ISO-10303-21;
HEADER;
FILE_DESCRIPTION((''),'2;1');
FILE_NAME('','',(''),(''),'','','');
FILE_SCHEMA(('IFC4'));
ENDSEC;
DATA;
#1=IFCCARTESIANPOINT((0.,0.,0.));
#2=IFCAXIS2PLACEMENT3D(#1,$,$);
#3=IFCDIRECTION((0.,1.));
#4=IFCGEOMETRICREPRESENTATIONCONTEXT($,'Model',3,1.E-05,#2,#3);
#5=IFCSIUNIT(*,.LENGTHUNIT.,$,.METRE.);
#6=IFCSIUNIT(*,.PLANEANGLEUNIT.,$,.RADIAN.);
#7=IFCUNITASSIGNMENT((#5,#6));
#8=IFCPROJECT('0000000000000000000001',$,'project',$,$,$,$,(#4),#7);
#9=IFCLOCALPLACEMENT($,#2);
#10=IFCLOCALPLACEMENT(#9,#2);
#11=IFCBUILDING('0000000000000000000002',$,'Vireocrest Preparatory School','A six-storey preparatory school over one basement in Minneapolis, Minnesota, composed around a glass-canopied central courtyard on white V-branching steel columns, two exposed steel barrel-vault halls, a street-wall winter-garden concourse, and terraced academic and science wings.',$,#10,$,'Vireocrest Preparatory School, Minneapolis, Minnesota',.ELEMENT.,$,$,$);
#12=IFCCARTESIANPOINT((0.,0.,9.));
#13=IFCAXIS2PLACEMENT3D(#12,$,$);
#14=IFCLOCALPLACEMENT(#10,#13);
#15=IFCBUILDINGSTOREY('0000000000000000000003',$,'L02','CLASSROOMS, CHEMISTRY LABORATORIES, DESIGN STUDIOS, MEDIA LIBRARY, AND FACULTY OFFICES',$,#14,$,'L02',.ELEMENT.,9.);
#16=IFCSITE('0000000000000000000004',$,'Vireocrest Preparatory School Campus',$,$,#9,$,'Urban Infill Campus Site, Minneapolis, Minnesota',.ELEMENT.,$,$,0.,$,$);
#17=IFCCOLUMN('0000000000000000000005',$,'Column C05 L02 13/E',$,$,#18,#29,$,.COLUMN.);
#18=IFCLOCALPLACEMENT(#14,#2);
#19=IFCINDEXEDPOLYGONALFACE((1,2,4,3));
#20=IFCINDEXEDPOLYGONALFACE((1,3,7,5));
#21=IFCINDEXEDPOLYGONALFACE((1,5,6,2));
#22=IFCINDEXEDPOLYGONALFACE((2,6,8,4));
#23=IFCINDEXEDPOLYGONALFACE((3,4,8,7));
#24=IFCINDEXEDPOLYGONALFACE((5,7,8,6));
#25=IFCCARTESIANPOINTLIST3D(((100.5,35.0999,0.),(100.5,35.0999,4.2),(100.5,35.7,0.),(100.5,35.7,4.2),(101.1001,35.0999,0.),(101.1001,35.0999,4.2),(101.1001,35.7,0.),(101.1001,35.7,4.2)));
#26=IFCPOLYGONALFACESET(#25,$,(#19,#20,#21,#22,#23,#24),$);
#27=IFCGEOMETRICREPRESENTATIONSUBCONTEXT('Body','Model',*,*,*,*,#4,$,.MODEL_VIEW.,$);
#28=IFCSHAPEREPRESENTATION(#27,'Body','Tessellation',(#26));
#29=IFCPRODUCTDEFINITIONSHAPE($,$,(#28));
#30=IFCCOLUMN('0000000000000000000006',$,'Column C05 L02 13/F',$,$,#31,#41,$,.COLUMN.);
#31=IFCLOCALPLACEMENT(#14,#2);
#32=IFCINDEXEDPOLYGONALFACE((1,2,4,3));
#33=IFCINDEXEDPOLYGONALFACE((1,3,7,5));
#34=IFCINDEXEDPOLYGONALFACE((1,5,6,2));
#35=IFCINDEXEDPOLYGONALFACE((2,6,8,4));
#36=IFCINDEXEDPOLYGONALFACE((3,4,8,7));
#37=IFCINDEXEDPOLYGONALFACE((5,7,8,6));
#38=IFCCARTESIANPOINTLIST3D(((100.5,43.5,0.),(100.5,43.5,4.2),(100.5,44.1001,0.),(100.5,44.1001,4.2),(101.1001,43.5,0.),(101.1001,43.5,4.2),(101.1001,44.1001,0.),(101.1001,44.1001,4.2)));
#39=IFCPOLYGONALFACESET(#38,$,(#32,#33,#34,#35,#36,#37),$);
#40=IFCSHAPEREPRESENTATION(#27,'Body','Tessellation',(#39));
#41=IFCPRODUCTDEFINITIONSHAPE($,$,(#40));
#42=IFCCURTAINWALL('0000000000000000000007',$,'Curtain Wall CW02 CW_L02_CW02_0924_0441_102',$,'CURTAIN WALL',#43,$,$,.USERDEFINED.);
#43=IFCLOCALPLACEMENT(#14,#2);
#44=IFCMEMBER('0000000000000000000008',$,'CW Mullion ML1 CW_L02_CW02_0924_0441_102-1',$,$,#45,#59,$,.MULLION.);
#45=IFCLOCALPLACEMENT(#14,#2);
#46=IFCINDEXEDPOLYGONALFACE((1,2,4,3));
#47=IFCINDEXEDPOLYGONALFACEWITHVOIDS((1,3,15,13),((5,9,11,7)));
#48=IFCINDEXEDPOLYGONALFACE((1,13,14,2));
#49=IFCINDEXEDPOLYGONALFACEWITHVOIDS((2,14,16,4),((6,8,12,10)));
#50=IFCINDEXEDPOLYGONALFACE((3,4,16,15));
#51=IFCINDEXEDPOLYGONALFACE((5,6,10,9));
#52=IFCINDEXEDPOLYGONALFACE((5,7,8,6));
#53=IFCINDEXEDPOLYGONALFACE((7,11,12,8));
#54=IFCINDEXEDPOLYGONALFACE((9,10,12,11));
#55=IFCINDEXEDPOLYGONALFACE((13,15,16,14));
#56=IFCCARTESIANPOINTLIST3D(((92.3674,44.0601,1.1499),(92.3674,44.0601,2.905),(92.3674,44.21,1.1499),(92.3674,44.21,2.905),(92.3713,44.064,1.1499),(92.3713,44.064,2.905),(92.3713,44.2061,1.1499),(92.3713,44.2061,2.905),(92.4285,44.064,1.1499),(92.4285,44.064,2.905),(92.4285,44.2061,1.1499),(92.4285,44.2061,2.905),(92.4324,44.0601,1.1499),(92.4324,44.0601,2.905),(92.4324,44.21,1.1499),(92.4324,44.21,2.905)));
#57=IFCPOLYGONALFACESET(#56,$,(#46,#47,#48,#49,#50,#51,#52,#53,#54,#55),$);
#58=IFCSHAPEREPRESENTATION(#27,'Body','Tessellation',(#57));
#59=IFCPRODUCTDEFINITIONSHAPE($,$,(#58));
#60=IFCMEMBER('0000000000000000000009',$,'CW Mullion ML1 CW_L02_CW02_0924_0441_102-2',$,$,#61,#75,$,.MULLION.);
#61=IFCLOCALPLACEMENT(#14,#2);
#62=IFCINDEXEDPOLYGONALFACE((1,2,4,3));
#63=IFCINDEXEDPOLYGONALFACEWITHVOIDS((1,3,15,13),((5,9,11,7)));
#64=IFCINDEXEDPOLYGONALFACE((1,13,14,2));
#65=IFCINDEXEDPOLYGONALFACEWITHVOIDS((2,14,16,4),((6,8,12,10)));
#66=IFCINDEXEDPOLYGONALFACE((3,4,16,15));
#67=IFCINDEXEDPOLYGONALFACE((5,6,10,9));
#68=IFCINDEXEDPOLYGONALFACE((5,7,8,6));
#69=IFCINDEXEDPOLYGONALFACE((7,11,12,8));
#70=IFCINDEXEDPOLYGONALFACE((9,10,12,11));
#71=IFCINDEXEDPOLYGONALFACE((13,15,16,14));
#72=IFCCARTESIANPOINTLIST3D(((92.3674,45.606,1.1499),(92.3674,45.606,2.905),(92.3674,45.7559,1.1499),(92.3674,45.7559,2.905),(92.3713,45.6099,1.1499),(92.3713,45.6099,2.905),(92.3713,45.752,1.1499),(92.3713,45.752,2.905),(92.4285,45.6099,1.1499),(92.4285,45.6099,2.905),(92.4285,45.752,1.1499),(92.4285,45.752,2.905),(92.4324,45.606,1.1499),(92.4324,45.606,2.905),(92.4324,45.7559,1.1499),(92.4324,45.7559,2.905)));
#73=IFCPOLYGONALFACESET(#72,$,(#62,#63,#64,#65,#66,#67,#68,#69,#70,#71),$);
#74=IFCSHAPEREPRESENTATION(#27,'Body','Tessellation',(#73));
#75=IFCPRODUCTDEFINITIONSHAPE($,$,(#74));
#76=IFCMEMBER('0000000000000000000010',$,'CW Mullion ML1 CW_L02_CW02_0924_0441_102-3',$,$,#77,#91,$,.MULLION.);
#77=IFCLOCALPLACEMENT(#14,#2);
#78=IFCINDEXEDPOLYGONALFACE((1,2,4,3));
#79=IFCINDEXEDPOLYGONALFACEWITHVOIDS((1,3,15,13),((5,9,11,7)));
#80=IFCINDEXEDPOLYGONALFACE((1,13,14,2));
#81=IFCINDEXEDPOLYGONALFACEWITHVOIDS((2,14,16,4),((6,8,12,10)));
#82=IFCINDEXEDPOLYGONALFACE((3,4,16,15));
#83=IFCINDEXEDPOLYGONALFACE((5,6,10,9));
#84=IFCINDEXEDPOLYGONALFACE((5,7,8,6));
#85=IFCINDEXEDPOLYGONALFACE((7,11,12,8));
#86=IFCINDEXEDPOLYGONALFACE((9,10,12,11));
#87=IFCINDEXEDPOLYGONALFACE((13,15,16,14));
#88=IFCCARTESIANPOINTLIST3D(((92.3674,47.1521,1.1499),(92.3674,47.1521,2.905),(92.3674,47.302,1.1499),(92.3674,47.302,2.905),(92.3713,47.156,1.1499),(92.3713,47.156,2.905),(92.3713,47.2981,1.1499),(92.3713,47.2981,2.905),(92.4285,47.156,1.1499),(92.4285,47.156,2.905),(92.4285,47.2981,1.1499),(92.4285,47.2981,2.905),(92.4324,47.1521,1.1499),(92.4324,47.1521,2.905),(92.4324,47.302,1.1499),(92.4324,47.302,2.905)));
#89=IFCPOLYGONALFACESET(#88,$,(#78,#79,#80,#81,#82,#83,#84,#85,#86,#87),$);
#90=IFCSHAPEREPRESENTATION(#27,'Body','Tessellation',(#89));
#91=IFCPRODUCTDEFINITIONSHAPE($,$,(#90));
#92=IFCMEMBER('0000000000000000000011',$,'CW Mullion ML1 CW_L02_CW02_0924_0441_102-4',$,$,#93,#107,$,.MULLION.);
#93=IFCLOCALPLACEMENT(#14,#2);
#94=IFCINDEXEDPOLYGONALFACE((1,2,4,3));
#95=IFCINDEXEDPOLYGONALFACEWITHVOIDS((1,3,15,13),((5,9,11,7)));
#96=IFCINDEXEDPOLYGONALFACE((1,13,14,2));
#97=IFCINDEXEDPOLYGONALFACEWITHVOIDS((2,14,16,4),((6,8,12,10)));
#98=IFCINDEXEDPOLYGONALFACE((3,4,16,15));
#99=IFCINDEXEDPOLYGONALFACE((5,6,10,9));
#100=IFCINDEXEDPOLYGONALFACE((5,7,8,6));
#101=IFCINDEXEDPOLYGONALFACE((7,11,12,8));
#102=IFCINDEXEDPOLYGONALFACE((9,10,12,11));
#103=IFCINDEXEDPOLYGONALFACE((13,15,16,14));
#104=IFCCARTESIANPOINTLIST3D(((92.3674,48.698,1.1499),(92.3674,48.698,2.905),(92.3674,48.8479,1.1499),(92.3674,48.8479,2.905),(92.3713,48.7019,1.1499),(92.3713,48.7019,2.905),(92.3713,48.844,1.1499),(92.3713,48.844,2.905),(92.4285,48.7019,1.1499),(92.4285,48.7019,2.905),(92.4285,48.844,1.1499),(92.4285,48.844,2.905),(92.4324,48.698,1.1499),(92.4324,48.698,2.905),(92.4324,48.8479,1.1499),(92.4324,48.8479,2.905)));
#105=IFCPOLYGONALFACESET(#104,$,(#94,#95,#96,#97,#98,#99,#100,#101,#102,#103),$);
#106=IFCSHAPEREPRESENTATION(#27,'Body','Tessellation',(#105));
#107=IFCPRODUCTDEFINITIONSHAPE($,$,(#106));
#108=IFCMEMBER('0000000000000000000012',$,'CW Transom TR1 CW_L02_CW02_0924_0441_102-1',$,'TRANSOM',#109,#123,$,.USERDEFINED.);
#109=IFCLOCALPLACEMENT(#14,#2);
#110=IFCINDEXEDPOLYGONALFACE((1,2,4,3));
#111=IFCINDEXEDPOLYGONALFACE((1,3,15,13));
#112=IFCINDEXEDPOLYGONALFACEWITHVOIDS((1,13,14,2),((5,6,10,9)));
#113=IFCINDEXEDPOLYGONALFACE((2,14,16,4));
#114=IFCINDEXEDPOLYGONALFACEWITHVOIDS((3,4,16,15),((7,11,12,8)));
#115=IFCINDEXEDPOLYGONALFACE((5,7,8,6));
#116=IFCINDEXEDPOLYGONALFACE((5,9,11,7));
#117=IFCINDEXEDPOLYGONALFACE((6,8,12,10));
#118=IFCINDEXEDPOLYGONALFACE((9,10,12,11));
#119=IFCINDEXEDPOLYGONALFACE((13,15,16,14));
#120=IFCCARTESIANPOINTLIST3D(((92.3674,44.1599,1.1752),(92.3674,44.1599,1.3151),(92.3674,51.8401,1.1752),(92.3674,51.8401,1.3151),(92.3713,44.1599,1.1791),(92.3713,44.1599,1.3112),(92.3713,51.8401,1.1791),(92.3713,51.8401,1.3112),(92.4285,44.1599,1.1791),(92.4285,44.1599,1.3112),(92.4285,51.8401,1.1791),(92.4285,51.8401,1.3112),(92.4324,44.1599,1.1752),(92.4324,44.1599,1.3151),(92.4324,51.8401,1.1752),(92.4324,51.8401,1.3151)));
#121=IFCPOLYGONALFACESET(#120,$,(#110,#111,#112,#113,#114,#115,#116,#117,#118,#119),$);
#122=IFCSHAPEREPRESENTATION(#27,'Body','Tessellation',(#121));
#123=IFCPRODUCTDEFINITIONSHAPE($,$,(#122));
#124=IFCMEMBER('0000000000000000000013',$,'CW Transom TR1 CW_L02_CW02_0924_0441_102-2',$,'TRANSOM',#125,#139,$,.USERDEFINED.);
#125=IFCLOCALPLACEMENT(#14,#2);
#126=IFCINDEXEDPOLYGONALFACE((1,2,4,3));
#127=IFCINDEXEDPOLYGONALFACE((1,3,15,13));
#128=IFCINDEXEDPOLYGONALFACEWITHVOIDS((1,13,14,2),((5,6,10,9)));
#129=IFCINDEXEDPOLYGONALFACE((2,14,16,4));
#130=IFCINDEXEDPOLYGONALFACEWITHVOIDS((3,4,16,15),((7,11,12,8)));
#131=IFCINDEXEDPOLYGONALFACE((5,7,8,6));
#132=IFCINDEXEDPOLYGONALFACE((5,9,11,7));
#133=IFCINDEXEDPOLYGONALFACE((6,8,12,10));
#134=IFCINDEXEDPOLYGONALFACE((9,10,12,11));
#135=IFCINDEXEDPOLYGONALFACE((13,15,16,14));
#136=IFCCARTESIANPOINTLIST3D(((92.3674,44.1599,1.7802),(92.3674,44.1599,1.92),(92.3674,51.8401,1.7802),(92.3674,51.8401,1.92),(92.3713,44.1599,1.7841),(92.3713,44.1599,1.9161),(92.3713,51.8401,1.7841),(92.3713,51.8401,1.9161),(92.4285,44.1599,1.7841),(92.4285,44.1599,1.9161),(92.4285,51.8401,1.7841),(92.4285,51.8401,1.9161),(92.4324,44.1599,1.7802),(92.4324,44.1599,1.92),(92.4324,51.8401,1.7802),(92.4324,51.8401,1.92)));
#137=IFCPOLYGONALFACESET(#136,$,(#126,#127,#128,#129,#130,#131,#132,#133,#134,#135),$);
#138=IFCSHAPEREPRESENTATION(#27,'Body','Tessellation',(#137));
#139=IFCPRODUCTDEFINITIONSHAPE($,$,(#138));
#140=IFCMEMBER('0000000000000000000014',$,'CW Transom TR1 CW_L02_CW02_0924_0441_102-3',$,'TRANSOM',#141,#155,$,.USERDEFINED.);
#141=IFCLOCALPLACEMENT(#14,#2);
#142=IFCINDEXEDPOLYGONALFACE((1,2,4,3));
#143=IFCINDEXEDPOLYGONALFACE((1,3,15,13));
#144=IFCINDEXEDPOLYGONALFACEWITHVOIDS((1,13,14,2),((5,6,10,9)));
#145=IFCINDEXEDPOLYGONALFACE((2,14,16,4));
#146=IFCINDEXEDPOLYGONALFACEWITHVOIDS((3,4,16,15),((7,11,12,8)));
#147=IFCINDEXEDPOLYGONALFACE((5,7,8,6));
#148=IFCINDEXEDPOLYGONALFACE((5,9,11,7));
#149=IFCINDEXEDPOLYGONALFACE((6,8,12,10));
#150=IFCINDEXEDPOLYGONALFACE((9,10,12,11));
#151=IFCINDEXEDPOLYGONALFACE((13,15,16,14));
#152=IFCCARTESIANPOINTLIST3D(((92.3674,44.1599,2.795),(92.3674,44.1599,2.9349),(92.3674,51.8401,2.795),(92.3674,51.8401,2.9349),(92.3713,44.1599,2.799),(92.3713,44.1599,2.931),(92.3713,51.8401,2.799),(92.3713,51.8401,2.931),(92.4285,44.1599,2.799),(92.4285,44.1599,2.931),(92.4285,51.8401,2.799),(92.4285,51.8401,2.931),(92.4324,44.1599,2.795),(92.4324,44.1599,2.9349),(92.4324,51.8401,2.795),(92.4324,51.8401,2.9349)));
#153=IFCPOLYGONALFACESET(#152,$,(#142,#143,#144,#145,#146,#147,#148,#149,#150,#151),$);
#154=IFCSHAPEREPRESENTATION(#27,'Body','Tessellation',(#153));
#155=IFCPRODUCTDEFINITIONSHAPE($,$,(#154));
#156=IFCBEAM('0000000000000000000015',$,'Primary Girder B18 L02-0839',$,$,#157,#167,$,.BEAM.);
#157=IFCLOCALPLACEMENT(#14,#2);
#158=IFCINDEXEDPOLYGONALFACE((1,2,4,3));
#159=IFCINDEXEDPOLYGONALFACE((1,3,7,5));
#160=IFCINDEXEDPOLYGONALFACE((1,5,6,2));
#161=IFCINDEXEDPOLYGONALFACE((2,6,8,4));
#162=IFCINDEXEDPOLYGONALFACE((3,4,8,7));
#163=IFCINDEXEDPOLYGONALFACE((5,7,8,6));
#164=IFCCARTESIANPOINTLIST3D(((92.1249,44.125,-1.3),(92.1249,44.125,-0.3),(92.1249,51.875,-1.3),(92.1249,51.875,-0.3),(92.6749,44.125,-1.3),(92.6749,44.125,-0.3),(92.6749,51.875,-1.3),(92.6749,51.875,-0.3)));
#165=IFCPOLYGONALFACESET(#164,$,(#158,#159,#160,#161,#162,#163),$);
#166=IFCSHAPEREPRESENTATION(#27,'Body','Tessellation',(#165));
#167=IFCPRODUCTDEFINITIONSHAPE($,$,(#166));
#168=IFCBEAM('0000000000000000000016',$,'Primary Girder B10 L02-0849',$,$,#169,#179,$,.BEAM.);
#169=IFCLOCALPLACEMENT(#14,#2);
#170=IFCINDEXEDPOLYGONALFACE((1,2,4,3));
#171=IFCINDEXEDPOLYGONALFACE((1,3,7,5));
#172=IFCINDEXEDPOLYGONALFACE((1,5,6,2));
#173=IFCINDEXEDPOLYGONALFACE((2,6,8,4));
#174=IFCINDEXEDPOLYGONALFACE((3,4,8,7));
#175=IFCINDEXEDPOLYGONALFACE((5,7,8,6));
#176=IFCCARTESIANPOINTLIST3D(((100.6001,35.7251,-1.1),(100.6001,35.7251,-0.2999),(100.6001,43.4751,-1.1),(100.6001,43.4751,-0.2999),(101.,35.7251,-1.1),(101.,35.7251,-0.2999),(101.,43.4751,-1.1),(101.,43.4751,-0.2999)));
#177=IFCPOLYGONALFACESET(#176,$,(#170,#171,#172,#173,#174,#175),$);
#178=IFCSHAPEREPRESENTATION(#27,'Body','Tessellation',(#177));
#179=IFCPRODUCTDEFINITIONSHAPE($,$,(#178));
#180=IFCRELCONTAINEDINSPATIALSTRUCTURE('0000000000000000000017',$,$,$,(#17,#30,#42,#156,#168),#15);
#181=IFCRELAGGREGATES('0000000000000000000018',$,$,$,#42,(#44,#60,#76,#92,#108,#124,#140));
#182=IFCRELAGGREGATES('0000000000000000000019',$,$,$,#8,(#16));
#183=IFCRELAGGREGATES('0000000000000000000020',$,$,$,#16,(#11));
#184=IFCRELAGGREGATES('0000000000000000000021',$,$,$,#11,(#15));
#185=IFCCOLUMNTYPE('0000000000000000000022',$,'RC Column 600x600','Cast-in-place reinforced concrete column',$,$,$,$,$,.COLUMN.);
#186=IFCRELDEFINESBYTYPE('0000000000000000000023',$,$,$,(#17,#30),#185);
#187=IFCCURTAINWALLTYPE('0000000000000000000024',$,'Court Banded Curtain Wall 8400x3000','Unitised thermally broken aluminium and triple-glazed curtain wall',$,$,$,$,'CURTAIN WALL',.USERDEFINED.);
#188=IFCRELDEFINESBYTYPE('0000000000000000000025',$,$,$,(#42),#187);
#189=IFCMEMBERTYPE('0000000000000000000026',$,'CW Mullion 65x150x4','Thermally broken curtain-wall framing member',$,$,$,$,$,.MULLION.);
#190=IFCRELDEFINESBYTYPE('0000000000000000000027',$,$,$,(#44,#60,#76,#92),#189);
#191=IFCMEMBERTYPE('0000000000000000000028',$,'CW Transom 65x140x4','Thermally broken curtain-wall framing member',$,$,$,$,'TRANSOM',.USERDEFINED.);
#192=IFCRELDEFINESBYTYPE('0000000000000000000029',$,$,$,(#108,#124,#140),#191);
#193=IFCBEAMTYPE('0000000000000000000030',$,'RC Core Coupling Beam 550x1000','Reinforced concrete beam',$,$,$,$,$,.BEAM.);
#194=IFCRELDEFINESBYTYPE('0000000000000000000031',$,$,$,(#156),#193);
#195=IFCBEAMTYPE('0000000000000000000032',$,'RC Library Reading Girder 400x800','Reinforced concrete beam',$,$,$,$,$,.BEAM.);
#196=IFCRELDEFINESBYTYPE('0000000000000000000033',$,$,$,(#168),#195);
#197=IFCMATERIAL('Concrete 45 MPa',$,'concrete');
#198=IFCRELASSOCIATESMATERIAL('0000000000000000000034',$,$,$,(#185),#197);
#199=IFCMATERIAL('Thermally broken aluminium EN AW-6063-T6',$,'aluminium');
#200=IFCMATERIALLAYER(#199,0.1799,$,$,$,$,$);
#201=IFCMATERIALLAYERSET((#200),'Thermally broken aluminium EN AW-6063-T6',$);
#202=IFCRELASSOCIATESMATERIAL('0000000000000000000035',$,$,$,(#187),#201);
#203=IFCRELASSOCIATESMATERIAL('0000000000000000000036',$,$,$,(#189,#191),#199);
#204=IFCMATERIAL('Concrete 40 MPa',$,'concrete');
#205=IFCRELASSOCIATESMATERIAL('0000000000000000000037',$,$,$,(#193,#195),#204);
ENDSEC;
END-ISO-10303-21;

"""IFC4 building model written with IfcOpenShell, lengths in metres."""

from ifc_helpers import new_model, si_unit, direction, frame, origin, origin_2d, place, context, subcontext, project, spatial, rectangle, hollow_rectangle, extrude, material, layer, layer_set, material_profile, profile_set, type_object, element, aggregate, save


model = new_model("IFC4")

# Units and contexts
model_context = context("Model", 3, precision=1e-05, world=origin(), true_north=direction((0.0, 1.0)))
body_context = subcontext(model_context, "Body", "Model", "MODEL_VIEW")
ifc_project = project(units=[si_unit("LENGTHUNIT", "METRE"), si_unit("PLANEANGLEUNIT", "RADIAN")], contexts=[model_context])

# Site, building, storey
site_placement = place(None, origin())
site = spatial("IfcSite", under=ifc_project, at=site_placement, Name="Vireocrest Preparatory School Campus", LongName="Urban Infill Campus Site, Minneapolis, Minnesota", CompositionType="ELEMENT", RefElevation=0.0)
building_placement = place(site_placement, origin())
building = spatial("IfcBuilding", under=site, at=building_placement, Name="Vireocrest Preparatory School", Description="A six-storey preparatory school over one basement in Minneapolis, Minnesota, composed around a glass-canopied central courtyard on white V-branching steel columns, two exposed steel barrel-vault halls, a street-wall winter-garden concourse, and terraced academic and science wings.", LongName="Vireocrest Preparatory School, Minneapolis, Minnesota", CompositionType="ELEMENT")
storey_placement = place(building_placement, frame((0.0, 0.0, 9.0)))
storey = spatial("IfcBuildingStorey", under=building, at=storey_placement, Name="L02", Description="CLASSROOMS, CHEMISTRY LABORATORIES, DESIGN STUDIOS, MEDIA LIBRARY, AND FACULTY OFFICES", LongName="L02", CompositionType="ELEMENT", Elevation=9.0)

# Columns
ifc_material_1 = material(Name="Concrete 45 MPa", Category="concrete")
ifc_material_profile_1 = material_profile(ifc_material_1, rectangle(XDim=0.6001, YDim=0.6001, at=origin_2d()), Name="RC 600x600")
ifc_profile_set_1 = profile_set([ifc_material_profile_1], Name="Concrete 45 MPa")
column_type = type_object("IfcColumnType", Name="RC Column 600x600", Description="Cast-in-place reinforced concrete column", PredefinedType="COLUMN", material=ifc_profile_set_1)
for number, where, z_axis, x_axis, name in (
    (1, (100.8, 35.3999, 0.0), (0.0, 0.0, 1.0), (1.0, 0.0, 0.0), "Column C05 L02 13/E"),
    (2, (100.8, 43.8, 0.0), (0.0, 0.0, 1.0), (1.0, 0.0, 0.0), "Column C05 L02 13/F"),
):
    element("IfcColumn", number, at=place(storey_placement, frame(where, z_axis=z_axis, x_axis=x_axis)), inside=storey, type_object=column_type, Name=name, PredefinedType="COLUMN", context=body_context, shape_type="SweptSolid", body=[
        extrude(rectangle(XDim=0.6001, YDim=0.6001, at=origin_2d()), origin(), (0.0, 0.0, 1.0), 4.2),
    ])

# Curtain wall, members
ifc_material_2 = material(Name="Thermally broken aluminium EN AW-6063-T6", Category="aluminium")
ifc_layer_1 = layer(ifc_material_2, 0.1799)
ifc_layer_set_1 = layer_set([ifc_layer_1], Name="Thermally broken aluminium EN AW-6063-T6")
curtain_wall_type = type_object("IfcCurtainWallType", Name="Court Banded Curtain Wall 8400x3000", Description="Unitised thermally broken aluminium and triple-glazed curtain wall", ElementType="CURTAIN WALL", PredefinedType="USERDEFINED", material=ifc_layer_set_1)
curtain_wall_placement = place(storey_placement, origin())
curtain_wall = element("IfcCurtainWall", 3, at=curtain_wall_placement, inside=storey, type_object=curtain_wall_type, Name="Curtain Wall CW02 CW_L02_CW02_0924_0441_102", ObjectType="CURTAIN WALL", PredefinedType="USERDEFINED")
ifc_material_profile_2 = material_profile(ifc_material_2, hollow_rectangle(XDim=0.0649, YDim=0.1499, WallThickness=0.0039, at=origin_2d()), Name="ALU 65x150x4")
ifc_profile_set_2 = profile_set([ifc_material_profile_2], Name="Thermally broken aluminium EN AW-6063-T6")
member_type_1 = type_object("IfcMemberType", Name="CW Mullion 65x150x4", Description="Thermally broken curtain-wall framing member", PredefinedType="MULLION", material=ifc_profile_set_2)
member_1_placement = place(storey_placement, frame((92.3999, 44.135, 1.1499), z_axis=(0.0, 0.0, 1.0), x_axis=(1.0, 0.0, 0.0)))
member_1 = element("IfcMember", 4, at=member_1_placement, type_object=member_type_1, Name="CW Mullion ML1 CW_L02_CW02_0924_0441_102-1", PredefinedType="MULLION", context=body_context, shape_type="SweptSolid", body=[
    extrude(hollow_rectangle(XDim=0.0649, YDim=0.1499, WallThickness=0.0039, at=origin_2d()), origin(), (0.0, 0.0, 1.0), 1.7551),
])
member_2_placement = place(storey_placement, frame((92.3999, 45.6809, 1.1499), z_axis=(0.0, 0.0, 1.0), x_axis=(1.0, 0.0, 0.0)))
member_2 = element("IfcMember", 5, at=member_2_placement, type_object=member_type_1, Name="CW Mullion ML1 CW_L02_CW02_0924_0441_102-2", PredefinedType="MULLION", context=body_context, shape_type="SweptSolid", body=[
    extrude(hollow_rectangle(XDim=0.0649, YDim=0.1499, WallThickness=0.0039, at=origin_2d()), origin(), (0.0, 0.0, 1.0), 1.7551),
])
member_3_placement = place(storey_placement, frame((92.3999, 47.2271, 1.1499), z_axis=(0.0, 0.0, 1.0), x_axis=(1.0, 0.0, 0.0)))
member_3 = element("IfcMember", 6, at=member_3_placement, type_object=member_type_1, Name="CW Mullion ML1 CW_L02_CW02_0924_0441_102-3", PredefinedType="MULLION", context=body_context, shape_type="SweptSolid", body=[
    extrude(hollow_rectangle(XDim=0.0649, YDim=0.1499, WallThickness=0.0039, at=origin_2d()), origin(), (0.0, 0.0, 1.0), 1.7551),
])
member_4_placement = place(storey_placement, frame((92.3999, 48.7729, 1.1499), z_axis=(0.0, 0.0, 1.0), x_axis=(1.0, 0.0, 0.0)))
member_4 = element("IfcMember", 7, at=member_4_placement, type_object=member_type_1, Name="CW Mullion ML1 CW_L02_CW02_0924_0441_102-4", PredefinedType="MULLION", context=body_context, shape_type="SweptSolid", body=[
    extrude(hollow_rectangle(XDim=0.0649, YDim=0.1499, WallThickness=0.0039, at=origin_2d()), origin(), (0.0, 0.0, 1.0), 1.7551),
])
ifc_material_profile_3 = material_profile(ifc_material_2, hollow_rectangle(XDim=0.0649, YDim=0.1399, WallThickness=0.0039, at=origin_2d()), Name="ALU 65x140x4")
ifc_profile_set_3 = profile_set([ifc_material_profile_3], Name="Thermally broken aluminium EN AW-6063-T6")
member_type_2 = type_object("IfcMemberType", Name="CW Transom 65x140x4", Description="Thermally broken curtain-wall framing member", ElementType="TRANSOM", PredefinedType="USERDEFINED", material=ifc_profile_set_3)
member_5_placement = place(storey_placement, frame((92.3999, 44.1599, 1.2451), z_axis=(0.0, 1.0, 0.0), x_axis=(-1.0, 0.0, 0.0)))
member_5 = element("IfcMember", 8, at=member_5_placement, type_object=member_type_2, Name="CW Transom TR1 CW_L02_CW02_0924_0441_102-1", ObjectType="TRANSOM", PredefinedType="USERDEFINED", context=body_context, shape_type="SweptSolid", body=[
    extrude(hollow_rectangle(XDim=0.0649, YDim=0.1399, WallThickness=0.0039, at=origin_2d()), origin(), (0.0, 0.0, 1.0), 7.6802),
])
member_6_placement = place(storey_placement, frame((92.3999, 44.1599, 1.8501), z_axis=(0.0, 1.0, 0.0), x_axis=(-1.0, 0.0, 0.0)))
member_6 = element("IfcMember", 9, at=member_6_placement, type_object=member_type_2, Name="CW Transom TR1 CW_L02_CW02_0924_0441_102-2", ObjectType="TRANSOM", PredefinedType="USERDEFINED", context=body_context, shape_type="SweptSolid", body=[
    extrude(hollow_rectangle(XDim=0.0649, YDim=0.1399, WallThickness=0.0039, at=origin_2d()), origin(), (0.0, 0.0, 1.0), 7.6802),
])
member_7_placement = place(storey_placement, frame((92.3999, 44.1599, 2.865), z_axis=(0.0, 1.0, 0.0), x_axis=(-1.0, 0.0, 0.0)))
member_7 = element("IfcMember", 10, at=member_7_placement, type_object=member_type_2, Name="CW Transom TR1 CW_L02_CW02_0924_0441_102-3", ObjectType="TRANSOM", PredefinedType="USERDEFINED", context=body_context, shape_type="SweptSolid", body=[
    extrude(hollow_rectangle(XDim=0.0649, YDim=0.1399, WallThickness=0.0039, at=origin_2d()), origin(), (0.0, 0.0, 1.0), 7.6802),
])

# Beams
ifc_material_3 = material(Name="Concrete 40 MPa", Category="concrete")
ifc_material_profile_4 = material_profile(ifc_material_3, rectangle(XDim=0.55, YDim=1.0, at=origin_2d()), Name="RC 550x1000")
ifc_profile_set_4 = profile_set([ifc_material_profile_4], Name="Concrete 40 MPa")
beam_type_1 = type_object("IfcBeamType", Name="RC Core Coupling Beam 550x1000", Description="Reinforced concrete beam", PredefinedType="BEAM", material=ifc_profile_set_4)
beam_1_placement = place(storey_placement, frame((92.3999, 44.125, -0.8), z_axis=(0.0, 1.0, 0.0), x_axis=(-1.0, 0.0, 0.0)))
element("IfcBeam", 11, at=beam_1_placement, inside=storey, type_object=beam_type_1, Name="Primary Girder B18 L02-0839", PredefinedType="BEAM", context=body_context, shape_type="SweptSolid", body=[
    extrude(rectangle(XDim=0.55, YDim=1.0, at=origin_2d()), origin(), (0.0, 0.0, 1.0), 7.75),
])
ifc_material_profile_5 = material_profile(ifc_material_3, rectangle(XDim=0.3999, YDim=0.8, at=origin_2d()), Name="RC 400x800")
ifc_profile_set_5 = profile_set([ifc_material_profile_5], Name="Concrete 40 MPa")
beam_type_2 = type_object("IfcBeamType", Name="RC Library Reading Girder 400x800", Description="Reinforced concrete beam", PredefinedType="BEAM", material=ifc_profile_set_5)
beam_2_placement = place(storey_placement, frame((100.8, 35.7251, -0.7), z_axis=(0.0, 1.0, 0.0), x_axis=(-1.0, 0.0, 0.0)))
element("IfcBeam", 12, at=beam_2_placement, inside=storey, type_object=beam_type_2, Name="Primary Girder B10 L02-0849", PredefinedType="BEAM", context=body_context, shape_type="SweptSolid", body=[
    extrude(rectangle(XDim=0.3999, YDim=0.8, at=origin_2d()), origin(), (0.0, 0.0, 1.0), 7.75),
])

aggregate(curtain_wall, [member_1, member_2, member_3, member_4, member_5, member_6, member_7])

save(model, "model.ifc")
